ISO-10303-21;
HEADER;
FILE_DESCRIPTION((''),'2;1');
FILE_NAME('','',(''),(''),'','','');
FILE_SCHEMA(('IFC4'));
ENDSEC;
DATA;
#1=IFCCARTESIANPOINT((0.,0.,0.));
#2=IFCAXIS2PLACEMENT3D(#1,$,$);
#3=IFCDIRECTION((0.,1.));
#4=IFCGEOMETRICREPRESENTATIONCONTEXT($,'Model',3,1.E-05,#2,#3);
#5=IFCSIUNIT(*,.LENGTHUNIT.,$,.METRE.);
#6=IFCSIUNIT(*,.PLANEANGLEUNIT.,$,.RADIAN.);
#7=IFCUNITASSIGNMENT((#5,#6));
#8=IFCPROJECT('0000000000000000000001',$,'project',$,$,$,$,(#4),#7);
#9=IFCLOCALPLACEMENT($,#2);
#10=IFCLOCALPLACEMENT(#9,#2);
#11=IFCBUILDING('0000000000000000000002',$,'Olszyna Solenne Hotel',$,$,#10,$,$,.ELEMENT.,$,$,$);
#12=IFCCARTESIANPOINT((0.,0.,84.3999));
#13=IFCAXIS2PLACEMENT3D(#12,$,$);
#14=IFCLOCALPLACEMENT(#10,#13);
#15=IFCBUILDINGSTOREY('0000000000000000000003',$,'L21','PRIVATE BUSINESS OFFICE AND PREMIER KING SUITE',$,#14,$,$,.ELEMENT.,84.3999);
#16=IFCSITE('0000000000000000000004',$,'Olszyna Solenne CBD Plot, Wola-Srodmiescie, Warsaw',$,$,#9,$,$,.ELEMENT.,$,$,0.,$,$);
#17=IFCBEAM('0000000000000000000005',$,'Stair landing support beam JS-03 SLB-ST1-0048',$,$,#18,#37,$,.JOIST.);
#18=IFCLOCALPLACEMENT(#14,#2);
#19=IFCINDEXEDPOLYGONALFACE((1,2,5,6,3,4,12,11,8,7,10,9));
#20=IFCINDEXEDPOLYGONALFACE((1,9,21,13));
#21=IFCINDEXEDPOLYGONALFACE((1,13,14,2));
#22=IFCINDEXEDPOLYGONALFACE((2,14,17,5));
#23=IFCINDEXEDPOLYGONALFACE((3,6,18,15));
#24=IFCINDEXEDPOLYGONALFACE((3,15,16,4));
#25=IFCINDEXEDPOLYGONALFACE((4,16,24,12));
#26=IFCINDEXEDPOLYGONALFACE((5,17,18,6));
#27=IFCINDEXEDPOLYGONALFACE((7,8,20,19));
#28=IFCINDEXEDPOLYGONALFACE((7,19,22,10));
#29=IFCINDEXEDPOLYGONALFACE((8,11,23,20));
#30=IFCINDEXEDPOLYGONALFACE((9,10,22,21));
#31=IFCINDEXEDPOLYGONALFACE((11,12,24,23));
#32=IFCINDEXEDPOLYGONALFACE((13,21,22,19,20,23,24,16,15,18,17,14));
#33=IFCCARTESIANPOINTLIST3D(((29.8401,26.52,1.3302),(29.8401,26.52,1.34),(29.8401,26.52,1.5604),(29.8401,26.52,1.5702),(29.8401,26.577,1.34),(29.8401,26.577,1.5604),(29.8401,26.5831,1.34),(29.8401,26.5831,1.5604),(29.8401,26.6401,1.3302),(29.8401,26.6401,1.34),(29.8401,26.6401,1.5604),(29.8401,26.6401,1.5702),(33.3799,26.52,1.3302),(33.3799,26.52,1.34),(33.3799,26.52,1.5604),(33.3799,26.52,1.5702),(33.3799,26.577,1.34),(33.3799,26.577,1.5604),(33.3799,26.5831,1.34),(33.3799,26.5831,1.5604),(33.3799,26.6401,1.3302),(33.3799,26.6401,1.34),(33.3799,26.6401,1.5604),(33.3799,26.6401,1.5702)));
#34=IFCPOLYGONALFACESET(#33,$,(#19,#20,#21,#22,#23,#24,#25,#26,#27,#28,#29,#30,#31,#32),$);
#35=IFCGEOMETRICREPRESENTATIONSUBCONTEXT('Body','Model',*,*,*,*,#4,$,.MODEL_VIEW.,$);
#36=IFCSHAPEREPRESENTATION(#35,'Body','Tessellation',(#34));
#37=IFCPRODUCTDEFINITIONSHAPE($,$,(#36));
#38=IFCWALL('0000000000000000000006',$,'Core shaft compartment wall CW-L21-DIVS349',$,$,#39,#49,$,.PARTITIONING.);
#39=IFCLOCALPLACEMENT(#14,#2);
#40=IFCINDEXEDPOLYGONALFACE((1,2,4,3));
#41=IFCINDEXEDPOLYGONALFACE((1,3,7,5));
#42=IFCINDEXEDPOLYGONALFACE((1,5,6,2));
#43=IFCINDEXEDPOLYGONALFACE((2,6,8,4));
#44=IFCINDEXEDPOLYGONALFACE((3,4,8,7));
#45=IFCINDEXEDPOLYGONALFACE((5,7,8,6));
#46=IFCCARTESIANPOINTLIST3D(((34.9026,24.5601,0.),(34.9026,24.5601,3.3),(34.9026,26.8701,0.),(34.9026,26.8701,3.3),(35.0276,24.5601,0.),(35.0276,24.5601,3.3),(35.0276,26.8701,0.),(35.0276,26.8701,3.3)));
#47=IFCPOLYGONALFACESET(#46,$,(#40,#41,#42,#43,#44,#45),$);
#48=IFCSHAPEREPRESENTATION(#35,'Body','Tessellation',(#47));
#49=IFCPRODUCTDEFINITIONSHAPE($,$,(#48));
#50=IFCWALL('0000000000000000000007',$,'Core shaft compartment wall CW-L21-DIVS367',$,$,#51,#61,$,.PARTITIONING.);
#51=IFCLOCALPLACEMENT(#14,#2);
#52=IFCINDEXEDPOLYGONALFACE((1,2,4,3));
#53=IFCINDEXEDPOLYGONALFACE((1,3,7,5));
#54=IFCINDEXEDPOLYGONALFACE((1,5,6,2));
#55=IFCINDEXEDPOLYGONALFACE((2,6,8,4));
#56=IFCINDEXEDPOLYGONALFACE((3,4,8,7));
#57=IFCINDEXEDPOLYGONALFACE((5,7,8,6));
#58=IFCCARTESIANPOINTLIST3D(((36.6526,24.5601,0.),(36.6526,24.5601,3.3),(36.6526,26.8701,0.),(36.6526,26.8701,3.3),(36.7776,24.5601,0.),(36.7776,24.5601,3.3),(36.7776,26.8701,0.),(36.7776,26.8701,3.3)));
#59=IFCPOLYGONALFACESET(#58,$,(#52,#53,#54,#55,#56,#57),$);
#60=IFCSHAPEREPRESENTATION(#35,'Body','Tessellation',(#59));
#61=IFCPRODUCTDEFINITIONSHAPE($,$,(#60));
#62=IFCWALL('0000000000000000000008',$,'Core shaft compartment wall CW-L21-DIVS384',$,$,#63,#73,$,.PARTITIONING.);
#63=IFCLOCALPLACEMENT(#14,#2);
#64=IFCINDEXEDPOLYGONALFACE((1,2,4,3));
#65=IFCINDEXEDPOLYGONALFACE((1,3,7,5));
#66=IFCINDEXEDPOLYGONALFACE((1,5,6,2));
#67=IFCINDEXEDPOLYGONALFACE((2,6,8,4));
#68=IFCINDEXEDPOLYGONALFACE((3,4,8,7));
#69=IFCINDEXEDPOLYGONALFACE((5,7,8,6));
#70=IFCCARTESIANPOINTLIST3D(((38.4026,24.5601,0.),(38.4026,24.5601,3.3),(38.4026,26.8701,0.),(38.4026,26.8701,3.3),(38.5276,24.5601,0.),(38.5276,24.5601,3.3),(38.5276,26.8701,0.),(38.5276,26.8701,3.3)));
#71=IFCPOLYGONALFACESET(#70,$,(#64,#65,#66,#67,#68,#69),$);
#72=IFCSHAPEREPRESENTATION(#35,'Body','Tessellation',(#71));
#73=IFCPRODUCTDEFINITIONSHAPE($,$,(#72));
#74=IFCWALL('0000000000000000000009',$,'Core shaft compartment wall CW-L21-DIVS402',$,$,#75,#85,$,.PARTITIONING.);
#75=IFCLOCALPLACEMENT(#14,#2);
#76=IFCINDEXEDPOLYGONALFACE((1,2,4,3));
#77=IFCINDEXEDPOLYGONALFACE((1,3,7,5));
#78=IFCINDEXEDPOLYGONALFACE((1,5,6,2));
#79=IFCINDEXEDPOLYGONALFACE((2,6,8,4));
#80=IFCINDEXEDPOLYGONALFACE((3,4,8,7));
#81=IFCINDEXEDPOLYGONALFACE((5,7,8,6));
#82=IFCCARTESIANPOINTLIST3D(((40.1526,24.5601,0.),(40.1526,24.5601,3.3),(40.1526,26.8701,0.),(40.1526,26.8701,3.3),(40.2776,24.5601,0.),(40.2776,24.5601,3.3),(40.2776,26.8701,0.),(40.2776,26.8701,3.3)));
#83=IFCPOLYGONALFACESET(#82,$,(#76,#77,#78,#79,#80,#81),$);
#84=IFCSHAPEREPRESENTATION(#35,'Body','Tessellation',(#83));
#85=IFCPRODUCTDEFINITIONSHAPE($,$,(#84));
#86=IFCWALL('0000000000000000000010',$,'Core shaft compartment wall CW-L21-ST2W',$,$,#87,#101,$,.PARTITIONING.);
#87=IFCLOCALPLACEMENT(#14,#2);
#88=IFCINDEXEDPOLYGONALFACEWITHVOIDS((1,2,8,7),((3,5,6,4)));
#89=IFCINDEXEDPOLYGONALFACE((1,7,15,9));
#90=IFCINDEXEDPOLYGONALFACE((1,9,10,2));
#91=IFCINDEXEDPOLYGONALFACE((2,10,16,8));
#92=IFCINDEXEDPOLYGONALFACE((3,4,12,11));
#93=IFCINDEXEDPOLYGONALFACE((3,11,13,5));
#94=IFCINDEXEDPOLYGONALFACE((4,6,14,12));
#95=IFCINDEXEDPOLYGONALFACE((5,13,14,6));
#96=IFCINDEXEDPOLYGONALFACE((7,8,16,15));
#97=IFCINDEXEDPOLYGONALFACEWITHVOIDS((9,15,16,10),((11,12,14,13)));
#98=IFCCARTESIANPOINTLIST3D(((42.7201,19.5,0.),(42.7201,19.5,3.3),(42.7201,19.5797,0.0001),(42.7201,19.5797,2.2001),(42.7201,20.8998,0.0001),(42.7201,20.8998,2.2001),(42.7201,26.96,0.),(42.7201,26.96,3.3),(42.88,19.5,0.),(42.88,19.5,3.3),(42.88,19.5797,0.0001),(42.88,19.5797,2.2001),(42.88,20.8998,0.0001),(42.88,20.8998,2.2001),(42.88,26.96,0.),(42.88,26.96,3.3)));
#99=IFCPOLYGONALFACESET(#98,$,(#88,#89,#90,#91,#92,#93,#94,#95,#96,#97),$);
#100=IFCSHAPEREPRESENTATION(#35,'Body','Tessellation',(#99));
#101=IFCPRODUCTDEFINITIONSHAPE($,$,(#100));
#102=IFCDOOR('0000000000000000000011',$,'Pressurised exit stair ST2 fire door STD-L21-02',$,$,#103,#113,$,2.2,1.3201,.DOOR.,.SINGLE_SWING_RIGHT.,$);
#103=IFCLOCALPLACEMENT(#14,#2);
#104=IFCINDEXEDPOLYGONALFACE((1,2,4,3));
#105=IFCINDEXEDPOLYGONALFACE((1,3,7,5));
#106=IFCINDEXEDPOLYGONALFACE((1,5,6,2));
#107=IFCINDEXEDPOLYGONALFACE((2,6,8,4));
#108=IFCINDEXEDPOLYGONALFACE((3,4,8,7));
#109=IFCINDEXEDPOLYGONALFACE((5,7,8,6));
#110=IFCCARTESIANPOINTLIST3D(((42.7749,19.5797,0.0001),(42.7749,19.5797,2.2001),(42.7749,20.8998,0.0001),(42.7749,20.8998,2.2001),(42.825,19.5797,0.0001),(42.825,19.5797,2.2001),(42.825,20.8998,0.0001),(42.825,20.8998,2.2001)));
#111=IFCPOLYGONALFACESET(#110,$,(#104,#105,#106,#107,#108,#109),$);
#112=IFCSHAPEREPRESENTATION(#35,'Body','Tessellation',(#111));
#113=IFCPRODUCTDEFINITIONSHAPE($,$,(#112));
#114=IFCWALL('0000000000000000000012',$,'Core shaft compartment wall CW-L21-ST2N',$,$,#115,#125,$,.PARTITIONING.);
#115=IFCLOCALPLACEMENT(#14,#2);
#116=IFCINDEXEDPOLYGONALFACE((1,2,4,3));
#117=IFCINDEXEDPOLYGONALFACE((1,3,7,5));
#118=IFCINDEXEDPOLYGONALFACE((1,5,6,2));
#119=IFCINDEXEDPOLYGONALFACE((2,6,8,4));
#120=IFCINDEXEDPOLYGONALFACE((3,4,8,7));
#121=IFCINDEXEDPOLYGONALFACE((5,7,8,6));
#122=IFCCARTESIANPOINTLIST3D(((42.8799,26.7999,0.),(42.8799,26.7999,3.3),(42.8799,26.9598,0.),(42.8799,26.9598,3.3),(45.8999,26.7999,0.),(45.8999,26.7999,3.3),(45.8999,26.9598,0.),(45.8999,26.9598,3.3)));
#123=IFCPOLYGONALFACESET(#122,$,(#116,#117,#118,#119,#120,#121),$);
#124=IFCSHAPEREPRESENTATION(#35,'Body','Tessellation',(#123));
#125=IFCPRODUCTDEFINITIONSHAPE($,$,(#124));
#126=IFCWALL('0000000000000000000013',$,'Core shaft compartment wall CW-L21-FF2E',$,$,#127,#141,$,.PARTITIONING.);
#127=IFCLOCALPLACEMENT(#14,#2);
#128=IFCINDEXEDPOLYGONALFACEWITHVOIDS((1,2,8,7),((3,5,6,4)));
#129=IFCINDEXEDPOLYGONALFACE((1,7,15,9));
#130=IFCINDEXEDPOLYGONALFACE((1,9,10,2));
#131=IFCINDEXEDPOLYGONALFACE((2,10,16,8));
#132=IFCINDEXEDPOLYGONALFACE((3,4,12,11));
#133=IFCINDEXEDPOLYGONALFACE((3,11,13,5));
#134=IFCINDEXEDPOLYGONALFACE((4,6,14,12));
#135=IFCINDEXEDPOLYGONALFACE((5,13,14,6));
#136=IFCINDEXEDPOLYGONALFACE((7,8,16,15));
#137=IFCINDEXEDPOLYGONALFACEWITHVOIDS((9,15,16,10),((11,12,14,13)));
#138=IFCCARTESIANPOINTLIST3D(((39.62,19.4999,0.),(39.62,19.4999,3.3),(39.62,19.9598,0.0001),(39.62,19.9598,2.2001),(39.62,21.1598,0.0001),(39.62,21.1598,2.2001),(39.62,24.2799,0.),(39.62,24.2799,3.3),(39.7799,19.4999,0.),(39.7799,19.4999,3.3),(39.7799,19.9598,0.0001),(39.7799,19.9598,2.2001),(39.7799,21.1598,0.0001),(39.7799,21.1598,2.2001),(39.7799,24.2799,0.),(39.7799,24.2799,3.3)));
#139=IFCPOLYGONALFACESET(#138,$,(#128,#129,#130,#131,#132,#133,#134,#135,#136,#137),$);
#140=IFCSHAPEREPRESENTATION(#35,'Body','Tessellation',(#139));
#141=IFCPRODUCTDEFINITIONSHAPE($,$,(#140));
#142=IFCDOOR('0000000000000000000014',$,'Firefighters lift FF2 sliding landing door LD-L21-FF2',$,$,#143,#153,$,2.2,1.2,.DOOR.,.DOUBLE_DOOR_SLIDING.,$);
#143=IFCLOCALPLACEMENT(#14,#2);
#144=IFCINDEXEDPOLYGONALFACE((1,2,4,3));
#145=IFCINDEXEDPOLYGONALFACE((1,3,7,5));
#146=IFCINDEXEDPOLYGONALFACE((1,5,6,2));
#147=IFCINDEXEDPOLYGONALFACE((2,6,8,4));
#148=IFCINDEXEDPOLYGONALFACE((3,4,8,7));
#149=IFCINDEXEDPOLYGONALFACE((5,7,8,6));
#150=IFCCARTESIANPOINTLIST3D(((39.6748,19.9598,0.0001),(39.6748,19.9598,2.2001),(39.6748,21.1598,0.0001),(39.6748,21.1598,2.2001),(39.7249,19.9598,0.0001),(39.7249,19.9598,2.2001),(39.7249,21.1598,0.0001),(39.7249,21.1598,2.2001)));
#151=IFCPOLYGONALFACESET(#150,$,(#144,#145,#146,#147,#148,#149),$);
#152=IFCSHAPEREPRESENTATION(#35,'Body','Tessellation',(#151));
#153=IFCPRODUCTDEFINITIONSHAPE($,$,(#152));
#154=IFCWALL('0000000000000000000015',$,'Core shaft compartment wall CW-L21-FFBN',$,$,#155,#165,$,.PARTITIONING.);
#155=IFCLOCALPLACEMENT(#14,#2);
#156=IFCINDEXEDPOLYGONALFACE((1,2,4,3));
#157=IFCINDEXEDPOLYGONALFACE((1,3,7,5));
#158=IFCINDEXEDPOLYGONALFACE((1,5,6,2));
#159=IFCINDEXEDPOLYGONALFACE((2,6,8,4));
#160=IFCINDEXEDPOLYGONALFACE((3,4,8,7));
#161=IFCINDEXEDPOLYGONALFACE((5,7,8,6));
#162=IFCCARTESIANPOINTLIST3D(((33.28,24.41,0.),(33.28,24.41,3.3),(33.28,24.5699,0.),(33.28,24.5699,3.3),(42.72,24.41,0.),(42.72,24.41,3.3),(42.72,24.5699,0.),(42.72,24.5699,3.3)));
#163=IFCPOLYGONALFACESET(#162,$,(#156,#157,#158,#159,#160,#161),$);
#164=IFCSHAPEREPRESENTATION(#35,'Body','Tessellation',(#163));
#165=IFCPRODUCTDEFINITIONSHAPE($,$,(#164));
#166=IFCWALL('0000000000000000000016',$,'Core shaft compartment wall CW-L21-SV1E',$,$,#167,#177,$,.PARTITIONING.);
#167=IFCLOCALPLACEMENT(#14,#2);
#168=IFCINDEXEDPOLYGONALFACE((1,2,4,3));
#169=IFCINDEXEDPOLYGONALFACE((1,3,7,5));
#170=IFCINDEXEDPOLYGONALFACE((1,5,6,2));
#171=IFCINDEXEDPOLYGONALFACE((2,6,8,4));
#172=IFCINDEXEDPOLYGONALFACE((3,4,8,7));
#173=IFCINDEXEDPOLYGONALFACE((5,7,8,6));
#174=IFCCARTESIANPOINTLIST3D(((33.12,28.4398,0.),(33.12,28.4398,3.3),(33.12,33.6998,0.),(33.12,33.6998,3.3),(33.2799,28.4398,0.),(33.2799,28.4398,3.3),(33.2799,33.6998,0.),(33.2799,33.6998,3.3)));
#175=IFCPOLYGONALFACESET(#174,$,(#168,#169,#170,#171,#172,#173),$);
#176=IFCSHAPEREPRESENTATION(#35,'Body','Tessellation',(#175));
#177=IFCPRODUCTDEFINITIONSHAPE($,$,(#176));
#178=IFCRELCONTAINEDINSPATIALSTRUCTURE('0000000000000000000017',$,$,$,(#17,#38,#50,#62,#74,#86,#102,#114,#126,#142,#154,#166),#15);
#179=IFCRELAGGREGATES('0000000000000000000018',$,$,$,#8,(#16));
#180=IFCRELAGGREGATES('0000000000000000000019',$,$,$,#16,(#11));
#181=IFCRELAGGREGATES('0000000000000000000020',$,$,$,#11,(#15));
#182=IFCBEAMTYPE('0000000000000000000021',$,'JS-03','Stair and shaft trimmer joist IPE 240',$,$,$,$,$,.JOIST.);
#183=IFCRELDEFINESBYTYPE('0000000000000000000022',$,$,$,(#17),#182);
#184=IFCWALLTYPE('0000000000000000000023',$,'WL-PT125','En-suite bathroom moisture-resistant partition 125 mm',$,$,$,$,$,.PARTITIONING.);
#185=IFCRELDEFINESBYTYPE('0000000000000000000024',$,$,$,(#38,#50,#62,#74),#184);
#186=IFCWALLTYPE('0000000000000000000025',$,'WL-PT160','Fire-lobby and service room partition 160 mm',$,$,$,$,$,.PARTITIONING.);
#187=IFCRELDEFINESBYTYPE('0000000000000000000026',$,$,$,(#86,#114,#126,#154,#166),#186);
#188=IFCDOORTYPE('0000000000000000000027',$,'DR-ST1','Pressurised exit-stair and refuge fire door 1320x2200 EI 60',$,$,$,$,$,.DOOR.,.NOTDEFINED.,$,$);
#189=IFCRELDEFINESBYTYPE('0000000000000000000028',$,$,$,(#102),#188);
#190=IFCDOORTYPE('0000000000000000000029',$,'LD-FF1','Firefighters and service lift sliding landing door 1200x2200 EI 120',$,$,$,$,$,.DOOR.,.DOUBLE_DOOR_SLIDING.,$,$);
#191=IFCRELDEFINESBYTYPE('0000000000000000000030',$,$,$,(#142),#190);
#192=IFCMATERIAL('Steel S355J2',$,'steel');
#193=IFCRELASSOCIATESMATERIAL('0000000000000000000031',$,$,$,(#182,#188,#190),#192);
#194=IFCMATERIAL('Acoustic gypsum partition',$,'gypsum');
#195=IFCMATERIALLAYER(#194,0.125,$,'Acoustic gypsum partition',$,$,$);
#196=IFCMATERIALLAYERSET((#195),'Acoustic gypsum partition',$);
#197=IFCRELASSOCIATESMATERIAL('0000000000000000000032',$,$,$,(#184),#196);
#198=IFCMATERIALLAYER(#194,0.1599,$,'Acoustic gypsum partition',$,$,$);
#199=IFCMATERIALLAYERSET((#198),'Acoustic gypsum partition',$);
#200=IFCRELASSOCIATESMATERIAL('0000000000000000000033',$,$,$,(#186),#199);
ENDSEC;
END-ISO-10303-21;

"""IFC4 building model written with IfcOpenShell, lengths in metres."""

from ifc_helpers import new_model, si_unit, direction, frame, frame_2d, origin, origin_2d, place, context, subcontext, project, spatial, rectangle, i_section, extrude, source, transform, mapped, material, layer, layer_set, material_profile, profile_set, type_object, type_shapes, element, fill, save


model = new_model("IFC4")

# Units and contexts
model_context = context("Model", 3, precision=1e-05, world=origin(), true_north=direction((0.0, 1.0)))
body_context = subcontext(model_context, "Body", "Model", "MODEL_VIEW")
ifc_project = project(units=[si_unit("LENGTHUNIT", "METRE"), si_unit("PLANEANGLEUNIT", "RADIAN")], contexts=[model_context])

# Site, building, storey
site_placement = place(None, origin())
site = spatial("IfcSite", under=ifc_project, at=site_placement, Name="Olszyna Solenne CBD Plot, Wola-Srodmiescie, Warsaw", CompositionType="ELEMENT", RefElevation=0.0)
building_placement = place(site_placement, origin())
building = spatial("IfcBuilding", under=site, at=building_placement, Name="Olszyna Solenne Hotel", CompositionType="ELEMENT")
storey_placement = place(building_placement, frame((0.0, 0.0, 84.3999)))
storey = spatial("IfcBuildingStorey", under=building, at=storey_placement, Name="L21", Description="PRIVATE BUSINESS OFFICE AND PREMIER KING SUITE", CompositionType="ELEMENT", Elevation=84.3999)

# Beam
ifc_material_1 = material(Name="Steel S355J2", Category="steel")
ifc_material_profile = material_profile(ifc_material_1, i_section(OverallWidth=0.1201, OverallDepth=0.24, WebThickness=0.0061, FlangeThickness=0.0098, at=origin_2d()), Name="IPE 240", Category="load-bearing")
ifc_profile_set = profile_set([ifc_material_profile], Name="Steel S355J2")
beam_type = type_object("IfcBeamType", Name="JS-03", Description="Stair and shaft trimmer joist IPE 240", PredefinedType="JOIST", material=ifc_profile_set)
shared_shape_1 = source(origin(), body_context, "Body", "SweptSolid", [
    extrude(i_section(OverallWidth=0.1201, OverallDepth=0.24, WebThickness=0.0061, FlangeThickness=0.0098, at=origin_2d()), origin(), (0.0, 0.0, 1.0), 3.5398),
])
beam_placement = place(storey_placement, frame((33.3799, 26.5801, 1.4502), z_axis=(-1.0, 0.0, 0.0), x_axis=(0.0, -1.0, 0.0)))
element("IfcBeam", 1, at=beam_placement, inside=storey, type_object=beam_type, Name="Stair landing support beam JS-03 SLB-ST1-0048", PredefinedType="JOIST", context=body_context, shape_type="MappedRepresentation", body=[
    mapped(shared_shape_1, transform((0.0, 0.0, 0.0), x_axis=(1.0, 0.0, 0.0), y_axis=(0.0, 1.0, 0.0), z_axis=(0.0, 0.0, 1.0), scale=1.0)),
])

# Walls
ifc_material_2 = material(Name="Acoustic gypsum partition", Category="gypsum")
ifc_layer_1 = layer(ifc_material_2, 0.125, Name="Acoustic gypsum partition")
ifc_layer_set_1 = layer_set([ifc_layer_1], Name="Acoustic gypsum partition")
wall_type_1 = type_object("IfcWallType", Name="WL-PT125", Description="En-suite bathroom moisture-resistant partition 125 mm", PredefinedType="PARTITIONING", material=ifc_layer_set_1)
for number, where, z_axis, x_axis, name in (
    (2, (34.9651, 24.5601, 0.0), (0.0, 0.0, 1.0), (0.0, 1.0, 0.0), "Core shaft compartment wall CW-L21-DIVS349"),
    (3, (36.7151, 24.5601, 0.0), (0.0, 0.0, 1.0), (0.0, 1.0, 0.0), "Core shaft compartment wall CW-L21-DIVS367"),
    (4, (38.4651, 24.5601, 0.0), (0.0, 0.0, 1.0), (0.0, 1.0, 0.0), "Core shaft compartment wall CW-L21-DIVS384"),
    (5, (40.2151, 24.5601, 0.0), (0.0, 0.0, 1.0), (0.0, 1.0, 0.0), "Core shaft compartment wall CW-L21-DIVS402"),
):
    element("IfcWall", number, at=place(storey_placement, frame(where, z_axis=z_axis, x_axis=x_axis)), inside=storey, type_object=wall_type_1, Name=name, PredefinedType="PARTITIONING", context=body_context, shape_type="SweptSolid", body=[
        extrude(rectangle(XDim=2.3101, YDim=0.125, at=frame_2d((1.155, 0.0))), origin(), (0.0, 0.0, 1.0), 3.3),
    ])

# Wall, opening, door
ifc_layer_2 = layer(ifc_material_2, 0.1599, Name="Acoustic gypsum partition")
ifc_layer_set_2 = layer_set([ifc_layer_2], Name="Acoustic gypsum partition")
wall_type_2 = type_object("IfcWallType", Name="WL-PT160", Description="Fire-lobby and service room partition 160 mm", PredefinedType="PARTITIONING", material=ifc_layer_set_2)
wall_1_placement = place(storey_placement, frame((42.8, 26.96, 0.0), z_axis=(0.0, 0.0, 1.0), x_axis=(0.0, -1.0, 0.0)))
wall_1 = element("IfcWall", 6, at=wall_1_placement, inside=storey, type_object=wall_type_2, Name="Core shaft compartment wall CW-L21-ST2W", PredefinedType="PARTITIONING", context=body_context, shape_type="SweptSolid", body=[
    extrude(rectangle(XDim=7.46, YDim=0.1599, at=frame_2d((3.73, 0.0))), origin(), (0.0, 0.0, 1.0), 3.3),
])
opening_1_placement = place(wall_1_placement, frame((6.0601, 0.0, 0.0)))
opening_1 = element("IfcOpeningElement", 7, at=opening_1_placement, cuts=wall_1, PredefinedType="OPENING", context=body_context, shape_type="SweptSolid", body=[
    extrude(rectangle(XDim=1.3201, YDim=2.2, at=frame_2d((0.6602, 1.1001))), frame((0.0, 0.0898, 0.0), z_axis=(0.0, -1.0, 0.0), x_axis=(1.0, 0.0, 0.0)), (0.0, 0.0, 1.0), 0.1799),
])
door_type_1 = type_object("IfcDoorType", Name="DR-ST1", Description="Pressurised exit-stair and refuge fire door 1320x2200 EI 60", OperationType="NOTDEFINED", PredefinedType="DOOR", material=ifc_material_1)
shared_shape_2 = source(origin(), body_context, "Body", "SweptSolid", [
    extrude(rectangle(XDim=1.3201, YDim=2.2, at=frame_2d((0.6602, 1.1001))), frame((0.0, 0.0249, 0.0), z_axis=(0.0, -1.0, 0.0), x_axis=(1.0, 0.0, 0.0)), (0.0, 0.0, 1.0), 0.05),
])
type_shapes(door_type_1, [shared_shape_2])
door_1_placement = place(opening_1_placement, origin())
door_1 = element("IfcDoor", 8, at=door_1_placement, inside=storey, type_object=door_type_1, Name="Pressurised exit stair ST2 fire door STD-L21-02", OperationType="SINGLE_SWING_RIGHT", OverallHeight=2.2, OverallWidth=1.3201, PredefinedType="DOOR", context=body_context, shape_type="MappedRepresentation", body=[
    mapped(shared_shape_2, transform((0.0, 0.0, 0.0), x_axis=(1.0, 0.0, 0.0), y_axis=(0.0, 1.0, 0.0), z_axis=(0.0, 0.0, 1.0), scale=1.0)),
])
fill(opening_1, door_1)

# Wall
wall_2_placement = place(storey_placement, frame((42.8799, 26.8799, 0.0), z_axis=(0.0, 0.0, 1.0), x_axis=(1.0, 0.0, 0.0)))
element("IfcWall", 9, at=wall_2_placement, inside=storey, type_object=wall_type_2, Name="Core shaft compartment wall CW-L21-ST2N", PredefinedType="PARTITIONING", context=body_context, shape_type="SweptSolid", body=[
    extrude(rectangle(XDim=3.02, YDim=0.1599, at=frame_2d((1.51, 0.0))), origin(), (0.0, 0.0, 1.0), 3.3),
])

# Wall, opening, door
wall_3_placement = place(storey_placement, frame((39.7, 24.28, 0.0), z_axis=(0.0, 0.0, 1.0), x_axis=(0.0, -1.0, 0.0)))
wall_3 = element("IfcWall", 10, at=wall_3_placement, inside=storey, type_object=wall_type_2, Name="Core shaft compartment wall CW-L21-FF2E", PredefinedType="PARTITIONING", context=body_context, shape_type="SweptSolid", body=[
    extrude(rectangle(XDim=4.78, YDim=0.1599, at=frame_2d((2.3901, 0.0))), origin(), (0.0, 0.0, 1.0), 3.3),
])
opening_2_placement = place(wall_3_placement, frame((3.1201, 0.0, 0.0)))
opening_2 = element("IfcOpeningElement", 11, at=opening_2_placement, cuts=wall_3, PredefinedType="OPENING", context=body_context, shape_type="SweptSolid", body=[
    extrude(rectangle(XDim=1.2, YDim=2.2, at=frame_2d((0.6001, 1.1001))), frame((0.0, 0.0898, 0.0), z_axis=(0.0, -1.0, 0.0), x_axis=(1.0, 0.0, 0.0)), (0.0, 0.0, 1.0), 0.1799),
])
door_type_2 = type_object("IfcDoorType", Name="LD-FF1", Description="Firefighters and service lift sliding landing door 1200x2200 EI 120", OperationType="DOUBLE_DOOR_SLIDING", PredefinedType="DOOR", material=ifc_material_1)
shared_shape_3 = source(origin(), body_context, "Body", "SweptSolid", [
    extrude(rectangle(XDim=1.2, YDim=2.2, at=frame_2d((0.6001, 1.1001))), frame((0.0, 0.0249, 0.0), z_axis=(0.0, -1.0, 0.0), x_axis=(1.0, 0.0, 0.0)), (0.0, 0.0, 1.0), 0.05),
])
type_shapes(door_type_2, [shared_shape_3])
door_2_placement = place(opening_2_placement, origin())
door_2 = element("IfcDoor", 12, at=door_2_placement, inside=storey, type_object=door_type_2, Name="Firefighters lift FF2 sliding landing door LD-L21-FF2", OperationType="DOUBLE_DOOR_SLIDING", OverallHeight=2.2, OverallWidth=1.2, PredefinedType="DOOR", context=body_context, shape_type="MappedRepresentation", body=[
    mapped(shared_shape_3, transform((0.0, 0.0, 0.0), x_axis=(1.0, 0.0, 0.0), y_axis=(0.0, 1.0, 0.0), z_axis=(0.0, 0.0, 1.0), scale=1.0)),
])
fill(opening_2, door_2)

# Walls
wall_4_placement = place(storey_placement, frame((33.28, 24.49, 0.0), z_axis=(0.0, 0.0, 1.0), x_axis=(1.0, 0.0, 0.0)))
element("IfcWall", 13, at=wall_4_placement, inside=storey, type_object=wall_type_2, Name="Core shaft compartment wall CW-L21-FFBN", PredefinedType="PARTITIONING", context=body_context, shape_type="SweptSolid", body=[
    extrude(rectangle(XDim=9.4399, YDim=0.1599, at=frame_2d((4.72, 0.0))), origin(), (0.0, 0.0, 1.0), 3.3),
])
wall_5_placement = place(storey_placement, frame((33.2, 28.4399, 0.0), z_axis=(0.0, 0.0, 1.0), x_axis=(0.0, 1.0, 0.0)))
element("IfcWall", 14, at=wall_5_placement, inside=storey, type_object=wall_type_2, Name="Core shaft compartment wall CW-L21-SV1E", PredefinedType="PARTITIONING", context=body_context, shape_type="SweptSolid", body=[
    extrude(rectangle(XDim=5.26, YDim=0.1599, at=frame_2d((2.6299, 0.0))), origin(), (0.0, 0.0, 1.0), 3.3),
])

save(model, "model.ifc")
